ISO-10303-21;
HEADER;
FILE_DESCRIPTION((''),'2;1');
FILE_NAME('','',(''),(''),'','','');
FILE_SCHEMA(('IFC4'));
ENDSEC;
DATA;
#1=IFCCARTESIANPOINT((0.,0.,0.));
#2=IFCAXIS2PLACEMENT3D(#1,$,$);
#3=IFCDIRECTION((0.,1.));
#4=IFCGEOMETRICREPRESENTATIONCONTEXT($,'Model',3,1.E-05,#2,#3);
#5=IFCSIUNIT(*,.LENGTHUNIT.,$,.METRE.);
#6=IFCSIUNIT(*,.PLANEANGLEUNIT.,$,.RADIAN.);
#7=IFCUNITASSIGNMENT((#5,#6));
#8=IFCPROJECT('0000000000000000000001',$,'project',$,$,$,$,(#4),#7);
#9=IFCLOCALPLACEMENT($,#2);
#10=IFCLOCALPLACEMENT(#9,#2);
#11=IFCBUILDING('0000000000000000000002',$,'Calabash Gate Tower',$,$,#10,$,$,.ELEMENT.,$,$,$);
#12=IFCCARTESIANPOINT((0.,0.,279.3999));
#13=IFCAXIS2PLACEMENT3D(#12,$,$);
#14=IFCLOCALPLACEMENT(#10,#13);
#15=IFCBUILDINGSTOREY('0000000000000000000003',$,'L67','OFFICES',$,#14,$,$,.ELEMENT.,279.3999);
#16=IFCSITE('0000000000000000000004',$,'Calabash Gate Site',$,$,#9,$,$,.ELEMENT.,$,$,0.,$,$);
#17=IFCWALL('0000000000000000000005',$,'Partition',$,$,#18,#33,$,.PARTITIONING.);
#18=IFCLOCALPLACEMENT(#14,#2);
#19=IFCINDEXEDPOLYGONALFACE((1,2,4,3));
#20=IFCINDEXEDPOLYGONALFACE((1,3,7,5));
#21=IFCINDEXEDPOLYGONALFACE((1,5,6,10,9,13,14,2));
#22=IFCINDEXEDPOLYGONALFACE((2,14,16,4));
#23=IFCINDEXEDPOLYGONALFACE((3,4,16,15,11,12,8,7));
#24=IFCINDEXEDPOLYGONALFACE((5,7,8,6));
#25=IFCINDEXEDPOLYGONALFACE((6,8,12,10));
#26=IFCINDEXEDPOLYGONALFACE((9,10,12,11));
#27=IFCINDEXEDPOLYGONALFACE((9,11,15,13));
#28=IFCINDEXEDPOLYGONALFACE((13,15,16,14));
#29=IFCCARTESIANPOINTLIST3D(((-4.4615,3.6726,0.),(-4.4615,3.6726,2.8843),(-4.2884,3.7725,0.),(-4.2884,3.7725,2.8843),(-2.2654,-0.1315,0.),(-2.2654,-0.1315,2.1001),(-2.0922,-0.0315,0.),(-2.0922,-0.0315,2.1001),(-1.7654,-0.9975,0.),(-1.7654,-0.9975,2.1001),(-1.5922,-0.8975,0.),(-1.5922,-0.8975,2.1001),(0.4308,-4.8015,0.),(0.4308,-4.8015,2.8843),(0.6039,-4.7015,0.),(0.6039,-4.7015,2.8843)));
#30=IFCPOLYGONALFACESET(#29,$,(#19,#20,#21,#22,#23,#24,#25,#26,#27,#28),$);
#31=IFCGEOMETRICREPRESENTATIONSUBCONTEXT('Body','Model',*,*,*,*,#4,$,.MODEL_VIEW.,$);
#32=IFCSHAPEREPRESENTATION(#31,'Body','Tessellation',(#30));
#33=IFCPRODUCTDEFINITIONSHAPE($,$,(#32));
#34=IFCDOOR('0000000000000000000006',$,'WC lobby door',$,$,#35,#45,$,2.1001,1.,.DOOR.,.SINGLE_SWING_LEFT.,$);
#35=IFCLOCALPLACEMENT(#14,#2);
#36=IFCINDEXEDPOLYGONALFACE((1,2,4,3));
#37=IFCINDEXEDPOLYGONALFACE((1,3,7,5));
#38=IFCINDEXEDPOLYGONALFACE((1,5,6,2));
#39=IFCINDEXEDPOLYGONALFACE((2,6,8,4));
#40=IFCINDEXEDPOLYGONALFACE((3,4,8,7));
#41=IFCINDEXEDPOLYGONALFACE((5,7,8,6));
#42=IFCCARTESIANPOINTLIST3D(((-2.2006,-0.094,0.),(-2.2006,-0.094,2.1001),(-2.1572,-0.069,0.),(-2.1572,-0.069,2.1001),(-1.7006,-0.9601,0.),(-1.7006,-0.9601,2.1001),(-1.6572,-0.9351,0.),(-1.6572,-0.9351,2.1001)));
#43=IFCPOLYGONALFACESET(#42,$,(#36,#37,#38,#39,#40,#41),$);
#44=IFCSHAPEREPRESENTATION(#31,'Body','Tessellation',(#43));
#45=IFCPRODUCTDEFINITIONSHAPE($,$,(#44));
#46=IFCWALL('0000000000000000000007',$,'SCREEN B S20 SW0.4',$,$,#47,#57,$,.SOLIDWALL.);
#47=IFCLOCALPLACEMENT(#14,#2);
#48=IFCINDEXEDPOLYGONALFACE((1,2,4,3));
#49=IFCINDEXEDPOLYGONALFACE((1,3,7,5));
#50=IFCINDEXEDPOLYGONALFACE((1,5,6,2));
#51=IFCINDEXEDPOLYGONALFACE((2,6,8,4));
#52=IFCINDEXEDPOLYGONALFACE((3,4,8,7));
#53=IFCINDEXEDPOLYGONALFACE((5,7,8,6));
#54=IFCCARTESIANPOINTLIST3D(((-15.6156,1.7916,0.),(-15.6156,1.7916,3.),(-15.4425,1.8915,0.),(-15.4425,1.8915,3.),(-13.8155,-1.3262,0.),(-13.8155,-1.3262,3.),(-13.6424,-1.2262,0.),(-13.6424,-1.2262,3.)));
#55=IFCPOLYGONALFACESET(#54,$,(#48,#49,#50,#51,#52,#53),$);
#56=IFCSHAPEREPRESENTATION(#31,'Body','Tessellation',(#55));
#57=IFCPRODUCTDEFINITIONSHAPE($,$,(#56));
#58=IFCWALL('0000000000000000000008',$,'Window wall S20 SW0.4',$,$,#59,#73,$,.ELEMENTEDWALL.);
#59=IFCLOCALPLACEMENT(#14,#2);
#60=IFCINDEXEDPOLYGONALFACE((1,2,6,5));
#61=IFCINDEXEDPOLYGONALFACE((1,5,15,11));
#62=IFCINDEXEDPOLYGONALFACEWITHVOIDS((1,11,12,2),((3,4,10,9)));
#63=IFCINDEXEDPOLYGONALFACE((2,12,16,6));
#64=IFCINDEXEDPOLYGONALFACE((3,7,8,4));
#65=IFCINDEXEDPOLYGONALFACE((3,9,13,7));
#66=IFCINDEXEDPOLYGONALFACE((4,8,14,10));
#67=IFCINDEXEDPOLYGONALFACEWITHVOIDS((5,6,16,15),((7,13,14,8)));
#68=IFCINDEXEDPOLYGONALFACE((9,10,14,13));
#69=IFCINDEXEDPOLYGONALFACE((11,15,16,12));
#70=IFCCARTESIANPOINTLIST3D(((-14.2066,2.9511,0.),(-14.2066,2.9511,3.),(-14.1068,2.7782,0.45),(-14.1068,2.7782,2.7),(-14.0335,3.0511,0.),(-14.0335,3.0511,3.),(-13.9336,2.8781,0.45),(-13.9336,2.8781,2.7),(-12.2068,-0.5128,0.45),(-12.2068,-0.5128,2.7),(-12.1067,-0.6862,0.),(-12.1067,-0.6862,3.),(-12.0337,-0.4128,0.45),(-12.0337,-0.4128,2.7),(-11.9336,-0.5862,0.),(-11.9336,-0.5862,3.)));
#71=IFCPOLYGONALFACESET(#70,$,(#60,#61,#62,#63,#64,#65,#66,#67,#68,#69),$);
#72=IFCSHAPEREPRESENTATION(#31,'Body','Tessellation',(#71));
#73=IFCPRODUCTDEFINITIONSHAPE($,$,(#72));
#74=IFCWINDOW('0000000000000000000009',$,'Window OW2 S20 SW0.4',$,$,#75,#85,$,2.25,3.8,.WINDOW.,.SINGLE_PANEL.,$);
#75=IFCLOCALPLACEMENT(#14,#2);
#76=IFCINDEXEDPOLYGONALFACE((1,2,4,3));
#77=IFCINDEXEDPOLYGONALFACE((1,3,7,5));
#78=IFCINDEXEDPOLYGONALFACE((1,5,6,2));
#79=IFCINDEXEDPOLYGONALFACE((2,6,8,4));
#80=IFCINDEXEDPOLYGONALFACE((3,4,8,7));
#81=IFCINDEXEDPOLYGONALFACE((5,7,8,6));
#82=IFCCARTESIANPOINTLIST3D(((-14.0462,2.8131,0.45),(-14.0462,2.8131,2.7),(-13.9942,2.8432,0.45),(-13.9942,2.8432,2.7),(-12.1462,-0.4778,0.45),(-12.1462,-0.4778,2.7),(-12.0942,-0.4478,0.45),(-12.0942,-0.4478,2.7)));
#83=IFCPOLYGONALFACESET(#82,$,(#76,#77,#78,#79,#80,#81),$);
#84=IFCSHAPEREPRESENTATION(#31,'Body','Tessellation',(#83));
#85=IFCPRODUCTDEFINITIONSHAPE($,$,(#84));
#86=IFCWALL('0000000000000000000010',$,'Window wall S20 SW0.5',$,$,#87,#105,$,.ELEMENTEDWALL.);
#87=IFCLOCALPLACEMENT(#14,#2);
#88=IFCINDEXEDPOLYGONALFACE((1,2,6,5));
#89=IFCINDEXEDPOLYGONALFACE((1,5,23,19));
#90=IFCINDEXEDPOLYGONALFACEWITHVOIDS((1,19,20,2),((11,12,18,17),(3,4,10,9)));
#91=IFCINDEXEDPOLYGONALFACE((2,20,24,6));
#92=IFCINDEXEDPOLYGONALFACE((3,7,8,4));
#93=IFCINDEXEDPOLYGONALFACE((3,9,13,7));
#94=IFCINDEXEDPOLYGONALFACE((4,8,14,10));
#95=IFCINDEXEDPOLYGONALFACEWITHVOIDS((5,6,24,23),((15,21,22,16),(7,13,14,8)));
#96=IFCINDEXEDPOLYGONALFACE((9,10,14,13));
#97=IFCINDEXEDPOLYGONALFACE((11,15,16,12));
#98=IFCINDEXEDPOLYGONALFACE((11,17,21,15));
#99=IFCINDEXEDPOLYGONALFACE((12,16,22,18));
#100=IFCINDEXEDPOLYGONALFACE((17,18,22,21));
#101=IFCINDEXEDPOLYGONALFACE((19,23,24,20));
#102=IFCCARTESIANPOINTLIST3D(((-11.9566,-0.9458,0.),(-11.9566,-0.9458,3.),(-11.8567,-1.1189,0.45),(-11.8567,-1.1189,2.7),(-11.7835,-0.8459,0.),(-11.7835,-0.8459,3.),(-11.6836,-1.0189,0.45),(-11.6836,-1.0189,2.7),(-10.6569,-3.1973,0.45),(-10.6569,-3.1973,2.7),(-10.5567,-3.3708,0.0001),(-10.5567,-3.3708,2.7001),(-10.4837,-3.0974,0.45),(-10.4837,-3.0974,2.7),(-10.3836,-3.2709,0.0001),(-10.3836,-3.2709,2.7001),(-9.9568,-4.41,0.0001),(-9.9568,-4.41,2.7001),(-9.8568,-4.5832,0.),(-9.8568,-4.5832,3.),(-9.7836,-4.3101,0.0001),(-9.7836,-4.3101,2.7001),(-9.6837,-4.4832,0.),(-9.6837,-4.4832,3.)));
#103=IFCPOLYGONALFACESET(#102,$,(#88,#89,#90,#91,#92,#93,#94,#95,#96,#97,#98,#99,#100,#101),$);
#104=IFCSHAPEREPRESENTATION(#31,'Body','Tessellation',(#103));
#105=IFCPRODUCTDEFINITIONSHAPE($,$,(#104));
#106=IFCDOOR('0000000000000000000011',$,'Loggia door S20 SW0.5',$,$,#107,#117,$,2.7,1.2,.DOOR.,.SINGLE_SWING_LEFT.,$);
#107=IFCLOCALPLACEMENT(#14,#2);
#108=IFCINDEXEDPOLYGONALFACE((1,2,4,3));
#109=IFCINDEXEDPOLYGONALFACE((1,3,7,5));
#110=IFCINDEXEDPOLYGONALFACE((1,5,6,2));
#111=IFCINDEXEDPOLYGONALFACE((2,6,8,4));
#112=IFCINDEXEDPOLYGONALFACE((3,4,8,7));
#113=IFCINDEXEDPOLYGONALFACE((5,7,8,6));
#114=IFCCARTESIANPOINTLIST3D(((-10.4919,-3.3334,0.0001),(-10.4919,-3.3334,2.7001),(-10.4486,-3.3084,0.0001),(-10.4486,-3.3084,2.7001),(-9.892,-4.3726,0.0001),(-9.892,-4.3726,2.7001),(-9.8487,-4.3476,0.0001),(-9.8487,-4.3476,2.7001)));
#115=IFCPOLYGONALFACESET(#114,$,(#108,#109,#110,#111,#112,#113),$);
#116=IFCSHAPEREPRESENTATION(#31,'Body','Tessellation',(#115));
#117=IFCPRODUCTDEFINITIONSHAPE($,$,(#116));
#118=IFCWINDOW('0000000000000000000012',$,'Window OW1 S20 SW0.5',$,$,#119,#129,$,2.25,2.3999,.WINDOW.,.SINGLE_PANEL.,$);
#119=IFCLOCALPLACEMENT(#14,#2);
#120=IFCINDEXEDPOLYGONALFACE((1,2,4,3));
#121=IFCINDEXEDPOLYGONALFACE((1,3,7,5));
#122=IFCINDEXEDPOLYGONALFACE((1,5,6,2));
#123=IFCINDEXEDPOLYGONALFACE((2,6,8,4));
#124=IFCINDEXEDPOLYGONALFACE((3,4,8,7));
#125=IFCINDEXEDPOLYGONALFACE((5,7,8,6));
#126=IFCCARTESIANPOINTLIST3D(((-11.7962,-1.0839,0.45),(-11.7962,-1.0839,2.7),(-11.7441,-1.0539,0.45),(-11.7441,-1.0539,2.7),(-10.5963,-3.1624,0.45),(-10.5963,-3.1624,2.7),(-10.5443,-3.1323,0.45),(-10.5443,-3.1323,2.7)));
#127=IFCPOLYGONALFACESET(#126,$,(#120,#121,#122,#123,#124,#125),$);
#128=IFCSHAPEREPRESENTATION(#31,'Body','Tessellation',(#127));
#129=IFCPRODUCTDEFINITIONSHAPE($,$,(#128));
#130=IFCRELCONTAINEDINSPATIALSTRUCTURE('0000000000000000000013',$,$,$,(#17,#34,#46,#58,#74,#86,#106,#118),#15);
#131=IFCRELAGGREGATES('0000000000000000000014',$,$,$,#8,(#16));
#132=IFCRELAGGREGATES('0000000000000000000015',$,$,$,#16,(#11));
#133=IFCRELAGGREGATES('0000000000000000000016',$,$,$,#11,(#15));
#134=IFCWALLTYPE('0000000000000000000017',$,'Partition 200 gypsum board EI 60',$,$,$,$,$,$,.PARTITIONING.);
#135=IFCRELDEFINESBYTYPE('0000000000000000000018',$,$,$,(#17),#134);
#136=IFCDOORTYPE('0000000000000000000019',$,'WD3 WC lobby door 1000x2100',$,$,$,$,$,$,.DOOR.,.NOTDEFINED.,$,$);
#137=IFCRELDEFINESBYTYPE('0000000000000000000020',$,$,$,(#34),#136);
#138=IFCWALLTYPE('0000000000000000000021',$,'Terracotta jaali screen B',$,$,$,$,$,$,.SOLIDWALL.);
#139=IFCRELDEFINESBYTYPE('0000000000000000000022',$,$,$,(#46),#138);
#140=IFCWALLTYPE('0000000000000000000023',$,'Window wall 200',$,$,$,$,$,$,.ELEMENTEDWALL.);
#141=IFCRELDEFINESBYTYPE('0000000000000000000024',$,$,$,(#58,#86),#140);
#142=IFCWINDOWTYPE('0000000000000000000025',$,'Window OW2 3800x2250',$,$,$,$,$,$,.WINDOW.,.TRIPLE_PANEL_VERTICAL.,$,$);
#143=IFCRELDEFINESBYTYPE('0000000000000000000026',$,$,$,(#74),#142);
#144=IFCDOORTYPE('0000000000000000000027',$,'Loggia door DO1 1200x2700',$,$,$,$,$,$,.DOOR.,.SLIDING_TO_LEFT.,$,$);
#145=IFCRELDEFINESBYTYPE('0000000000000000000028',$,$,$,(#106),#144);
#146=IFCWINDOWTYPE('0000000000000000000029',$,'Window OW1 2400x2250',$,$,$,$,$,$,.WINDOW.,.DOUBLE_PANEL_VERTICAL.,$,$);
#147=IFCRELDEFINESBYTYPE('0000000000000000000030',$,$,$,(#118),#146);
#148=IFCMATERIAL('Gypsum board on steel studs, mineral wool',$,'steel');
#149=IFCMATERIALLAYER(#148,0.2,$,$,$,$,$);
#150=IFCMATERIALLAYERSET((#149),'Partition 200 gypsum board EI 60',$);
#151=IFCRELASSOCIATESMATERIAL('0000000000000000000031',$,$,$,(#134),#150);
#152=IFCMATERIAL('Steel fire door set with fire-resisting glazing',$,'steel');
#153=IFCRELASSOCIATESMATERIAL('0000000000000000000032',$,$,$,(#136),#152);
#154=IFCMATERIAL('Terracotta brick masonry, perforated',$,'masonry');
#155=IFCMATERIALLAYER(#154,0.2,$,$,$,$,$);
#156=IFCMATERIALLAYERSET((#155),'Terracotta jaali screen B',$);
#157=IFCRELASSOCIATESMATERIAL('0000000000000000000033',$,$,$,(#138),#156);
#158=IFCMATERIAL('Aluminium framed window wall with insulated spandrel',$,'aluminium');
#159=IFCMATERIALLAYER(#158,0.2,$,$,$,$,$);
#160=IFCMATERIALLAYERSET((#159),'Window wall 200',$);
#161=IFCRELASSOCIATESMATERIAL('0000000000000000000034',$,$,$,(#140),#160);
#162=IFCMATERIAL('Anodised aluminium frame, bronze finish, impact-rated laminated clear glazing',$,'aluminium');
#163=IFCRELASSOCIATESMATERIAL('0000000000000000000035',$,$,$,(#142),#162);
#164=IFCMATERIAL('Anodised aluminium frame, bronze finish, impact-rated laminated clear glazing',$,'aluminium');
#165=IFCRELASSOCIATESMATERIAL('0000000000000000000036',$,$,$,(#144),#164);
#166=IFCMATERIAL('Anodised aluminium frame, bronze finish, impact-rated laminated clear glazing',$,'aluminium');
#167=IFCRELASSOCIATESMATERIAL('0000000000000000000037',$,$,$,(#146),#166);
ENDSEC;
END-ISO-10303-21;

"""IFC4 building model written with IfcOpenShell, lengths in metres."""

from ifc_helpers import new_model, si_unit, direction, frame, frame_2d, origin, place, context, subcontext, project, spatial, rectangle, extrude, material, layer, layer_set, type_object, element, fill, save


model = new_model("IFC4")

# Units and contexts
model_context = context("Model", 3, precision=1e-05, world=origin(), true_north=direction((0.0, 1.0)))
body_context = subcontext(model_context, "Body", "Model", "MODEL_VIEW")
ifc_project = project(units=[si_unit("LENGTHUNIT", "METRE"), si_unit("PLANEANGLEUNIT", "RADIAN")], contexts=[model_context])

# Site, building, storey
site_placement = place(None, origin())
site = spatial("IfcSite", under=ifc_project, at=site_placement, Name="Calabash Gate Site", CompositionType="ELEMENT", RefElevation=0.0)
building_placement = place(site_placement, origin())
building = spatial("IfcBuilding", under=site, at=building_placement, Name="Calabash Gate Tower", CompositionType="ELEMENT")
storey_placement = place(building_placement, frame((0.0, 0.0, 279.3999)))
storey = spatial("IfcBuildingStorey", under=building, at=storey_placement, Name="L67", Description="OFFICES", CompositionType="ELEMENT", Elevation=279.3999)

# Shared definitions
ifc_material_1 = material(Name="Gypsum board on steel studs, mineral wool", Category="steel")
ifc_layer_1 = layer(ifc_material_1, 0.2)
ifc_layer_set_1 = layer_set([ifc_layer_1], Name="Partition 200 gypsum board EI 60")
wall_type_1 = type_object("IfcWallType", Name="Partition 200 gypsum board EI 60", PredefinedType="PARTITIONING", material=ifc_layer_set_1)

# Wall, opening, door
wall_1_placement = place(storey_placement, frame((-4.375, 3.7227, 0.0), z_axis=(0.0, 0.0, 1.0), x_axis=(0.499985, -0.866034, 0.0)))
wall_1 = element("IfcWall", 1, at=wall_1_placement, inside=storey, type_object=wall_type_1, Name="Partition", PredefinedType="PARTITIONING", context=body_context, shape_type="SweptSolid", body=[
    extrude(rectangle(XDim=9.7849, YDim=0.2, at=frame_2d((4.8926, 0.0))), origin(), (0.0, 0.0, 1.0), 2.8843),
])
opening_1_placement = place(wall_1_placement, frame((4.3926, 0.0, 0.0)))
opening_1 = element("IfcOpeningElement", 2, at=opening_1_placement, cuts=wall_1, PredefinedType="OPENING", context=body_context, shape_type="SweptSolid", body=[
    extrude(rectangle(XDim=1.0, YDim=2.1001, at=frame_2d((0.5, 1.05))), frame((0.0, 0.1099, 0.0), z_axis=(0.0, -1.0, 0.0), x_axis=(1.0, 0.0, 0.0)), (0.0, 0.0, 1.0), 0.22),
])
ifc_material_2 = material(Name="Steel fire door set with fire-resisting glazing", Category="steel")
door_type_1 = type_object("IfcDoorType", Name="WD3 WC lobby door 1000x2100", OperationType="NOTDEFINED", PredefinedType="DOOR", material=ifc_material_2)
door_1_placement = place(opening_1_placement, origin())
door_1 = element("IfcDoor", 3, at=door_1_placement, inside=storey, type_object=door_type_1, Name="WC lobby door", OperationType="SINGLE_SWING_LEFT", OverallHeight=2.1001, OverallWidth=1.0, PredefinedType="DOOR", context=body_context, shape_type="SweptSolid", body=[
    extrude(rectangle(XDim=1.0, YDim=2.1001, at=frame_2d((0.5, 1.05))), frame((0.0, 0.0249, 0.0), z_axis=(0.0, -1.0, 0.0), x_axis=(1.0, 0.0, 0.0)), (0.0, 0.0, 1.0), 0.05),
])
fill(opening_1, door_1)

# Wall
ifc_material_3 = material(Name="Terracotta brick masonry, perforated", Category="masonry")
ifc_layer_2 = layer(ifc_material_3, 0.2)
ifc_layer_set_2 = layer_set([ifc_layer_2], Name="Terracotta jaali screen B")
wall_type_2 = type_object("IfcWallType", Name="Terracotta jaali screen B", PredefinedType="SOLIDWALL", material=ifc_layer_set_2)
wall_2_placement = place(storey_placement, frame((-15.5291, 1.8416, 0.0), z_axis=(0.0, 0.0, 1.0), x_axis=(0.500012, -0.866018, 0.0)))
element("IfcWall", 4, at=wall_2_placement, inside=storey, type_object=wall_type_2, Name="SCREEN B S20 SW0.4", PredefinedType="SOLIDWALL", context=body_context, shape_type="SweptSolid", body=[
    extrude(rectangle(XDim=3.6001, YDim=0.2, at=frame_2d((1.8, 0.0))), origin(), (0.0, 0.0, 1.0), 3.0),
])

# Wall, opening, window
ifc_material_4 = material(Name="Aluminium framed window wall with insulated spandrel", Category="aluminium")
ifc_layer_3 = layer(ifc_material_4, 0.2)
ifc_layer_set_3 = layer_set([ifc_layer_3], Name="Window wall 200")
wall_type_3 = type_object("IfcWallType", Name="Window wall 200", PredefinedType="ELEMENTEDWALL", material=ifc_layer_set_3)
wall_3_placement = place(storey_placement, frame((-14.1201, 3.0012, 0.0), z_axis=(0.0, 0.0, 1.0), x_axis=(0.499984, -0.866035, 0.0)))
wall_3 = element("IfcWall", 5, at=wall_3_placement, inside=storey, type_object=wall_type_3, Name="Window wall S20 SW0.4", PredefinedType="ELEMENTEDWALL", context=body_context, shape_type="SweptSolid", body=[
    extrude(rectangle(XDim=4.2, YDim=0.2, at=frame_2d((2.1001, 0.0))), origin(), (0.0, 0.0, 1.0), 3.0),
])
opening_2_placement = place(wall_3_placement, frame((0.2, 0.0, 0.45)))
opening_2 = element("IfcOpeningElement", 6, at=opening_2_placement, cuts=wall_3, PredefinedType="OPENING", context=body_context, shape_type="SweptSolid", body=[
    extrude(rectangle(XDim=3.8, YDim=2.25, at=frame_2d((1.8999, 1.125))), frame((0.0, 0.1099, 0.0), z_axis=(0.0, -1.0, 0.0), x_axis=(1.0, 0.0, 0.0)), (0.0, 0.0, 1.0), 0.22),
])
ifc_material_5 = material(Name="Anodised aluminium frame, bronze finish, impact-rated laminated clear glazing", Category="aluminium")
window_type_1 = type_object("IfcWindowType", Name="Window OW2 3800x2250", PartitioningType="TRIPLE_PANEL_VERTICAL", PredefinedType="WINDOW", material=ifc_material_5)
window_1_placement = place(opening_2_placement, origin())
window_1 = element("IfcWindow", 7, at=window_1_placement, inside=storey, type_object=window_type_1, Name="Window OW2 S20 SW0.4", OverallHeight=2.25, OverallWidth=3.8, PartitioningType="SINGLE_PANEL", PredefinedType="WINDOW", context=body_context, shape_type="SweptSolid", body=[
    extrude(rectangle(XDim=3.8, YDim=2.25, at=frame_2d((1.8999, 1.125))), frame((0.0, 0.03, 0.0), z_axis=(0.0, -1.0, 0.0), x_axis=(1.0, 0.0, 0.0)), (0.0, 0.0, 1.0), 0.0601),
])
fill(opening_2, window_1)

# Wall, openings, door, window
wall_4_placement = place(storey_placement, frame((-11.8701, -0.8958, 0.0), z_axis=(0.0, 0.0, 1.0), x_axis=(0.499959, -0.866049, 0.0)))
wall_4 = element("IfcWall", 8, at=wall_4_placement, inside=storey, type_object=wall_type_3, Name="Window wall S20 SW0.5", PredefinedType="ELEMENTEDWALL", context=body_context, shape_type="SweptSolid", body=[
    extrude(rectangle(XDim=4.2, YDim=0.2, at=frame_2d((2.1001, 0.0))), origin(), (0.0, 0.0, 1.0), 3.0),
])
opening_3_placement = place(wall_4_placement, frame((0.2, 0.0, 0.45)))
opening_3 = element("IfcOpeningElement", 9, at=opening_3_placement, cuts=wall_4, PredefinedType="OPENING", context=body_context, shape_type="SweptSolid", body=[
    extrude(rectangle(XDim=2.3999, YDim=2.25, at=frame_2d((1.2, 1.125))), frame((0.0, 0.1099, 0.0), z_axis=(0.0, -1.0, 0.0), x_axis=(1.0, 0.0, 0.0)), (0.0, 0.0, 1.0), 0.22),
])
opening_4_placement = place(wall_4_placement, frame((2.8, 0.0, 0.0)))
opening_4 = element("IfcOpeningElement", 10, at=opening_4_placement, cuts=wall_4, PredefinedType="OPENING", context=body_context, shape_type="SweptSolid", body=[
    extrude(rectangle(XDim=1.2, YDim=2.7, at=frame_2d((0.6001, 1.3501))), frame((0.0, 0.1099, 0.0), z_axis=(0.0, -1.0, 0.0), x_axis=(1.0, 0.0, 0.0)), (0.0, 0.0, 1.0), 0.22),
])
ifc_material_6 = material(Name="Anodised aluminium frame, bronze finish, impact-rated laminated clear glazing", Category="aluminium")
door_type_2 = type_object("IfcDoorType", Name="Loggia door DO1 1200x2700", OperationType="SLIDING_TO_LEFT", PredefinedType="DOOR", material=ifc_material_6)
door_2_placement = place(opening_4_placement, origin())
door_2 = element("IfcDoor", 11, at=door_2_placement, inside=storey, type_object=door_type_2, Name="Loggia door S20 SW0.5", OperationType="SINGLE_SWING_LEFT", OverallHeight=2.7, OverallWidth=1.2, PredefinedType="DOOR", context=body_context, shape_type="SweptSolid", body=[
    extrude(rectangle(XDim=1.2, YDim=2.7, at=frame_2d((0.6001, 1.3501))), frame((0.0, 0.0249, 0.0), z_axis=(0.0, -1.0, 0.0), x_axis=(1.0, 0.0, 0.0)), (0.0, 0.0, 1.0), 0.05),
])
fill(opening_4, door_2)
ifc_material_7 = material(Name="Anodised aluminium frame, bronze finish, impact-rated laminated clear glazing", Category="aluminium")
window_type_2 = type_object("IfcWindowType", Name="Window OW1 2400x2250", PartitioningType="DOUBLE_PANEL_VERTICAL", PredefinedType="WINDOW", material=ifc_material_7)
window_2_placement = place(opening_3_placement, origin())
window_2 = element("IfcWindow", 12, at=window_2_placement, inside=storey, type_object=window_type_2, Name="Window OW1 S20 SW0.5", OverallHeight=2.25, OverallWidth=2.3999, PartitioningType="SINGLE_PANEL", PredefinedType="WINDOW", context=body_context, shape_type="SweptSolid", body=[
    extrude(rectangle(XDim=2.3999, YDim=2.25, at=frame_2d((1.2, 1.125))), frame((0.0, 0.03, 0.0), z_axis=(0.0, -1.0, 0.0), x_axis=(1.0, 0.0, 0.0)), (0.0, 0.0, 1.0), 0.0601),
])
fill(opening_3, window_2)

save(model, "model.ifc")
